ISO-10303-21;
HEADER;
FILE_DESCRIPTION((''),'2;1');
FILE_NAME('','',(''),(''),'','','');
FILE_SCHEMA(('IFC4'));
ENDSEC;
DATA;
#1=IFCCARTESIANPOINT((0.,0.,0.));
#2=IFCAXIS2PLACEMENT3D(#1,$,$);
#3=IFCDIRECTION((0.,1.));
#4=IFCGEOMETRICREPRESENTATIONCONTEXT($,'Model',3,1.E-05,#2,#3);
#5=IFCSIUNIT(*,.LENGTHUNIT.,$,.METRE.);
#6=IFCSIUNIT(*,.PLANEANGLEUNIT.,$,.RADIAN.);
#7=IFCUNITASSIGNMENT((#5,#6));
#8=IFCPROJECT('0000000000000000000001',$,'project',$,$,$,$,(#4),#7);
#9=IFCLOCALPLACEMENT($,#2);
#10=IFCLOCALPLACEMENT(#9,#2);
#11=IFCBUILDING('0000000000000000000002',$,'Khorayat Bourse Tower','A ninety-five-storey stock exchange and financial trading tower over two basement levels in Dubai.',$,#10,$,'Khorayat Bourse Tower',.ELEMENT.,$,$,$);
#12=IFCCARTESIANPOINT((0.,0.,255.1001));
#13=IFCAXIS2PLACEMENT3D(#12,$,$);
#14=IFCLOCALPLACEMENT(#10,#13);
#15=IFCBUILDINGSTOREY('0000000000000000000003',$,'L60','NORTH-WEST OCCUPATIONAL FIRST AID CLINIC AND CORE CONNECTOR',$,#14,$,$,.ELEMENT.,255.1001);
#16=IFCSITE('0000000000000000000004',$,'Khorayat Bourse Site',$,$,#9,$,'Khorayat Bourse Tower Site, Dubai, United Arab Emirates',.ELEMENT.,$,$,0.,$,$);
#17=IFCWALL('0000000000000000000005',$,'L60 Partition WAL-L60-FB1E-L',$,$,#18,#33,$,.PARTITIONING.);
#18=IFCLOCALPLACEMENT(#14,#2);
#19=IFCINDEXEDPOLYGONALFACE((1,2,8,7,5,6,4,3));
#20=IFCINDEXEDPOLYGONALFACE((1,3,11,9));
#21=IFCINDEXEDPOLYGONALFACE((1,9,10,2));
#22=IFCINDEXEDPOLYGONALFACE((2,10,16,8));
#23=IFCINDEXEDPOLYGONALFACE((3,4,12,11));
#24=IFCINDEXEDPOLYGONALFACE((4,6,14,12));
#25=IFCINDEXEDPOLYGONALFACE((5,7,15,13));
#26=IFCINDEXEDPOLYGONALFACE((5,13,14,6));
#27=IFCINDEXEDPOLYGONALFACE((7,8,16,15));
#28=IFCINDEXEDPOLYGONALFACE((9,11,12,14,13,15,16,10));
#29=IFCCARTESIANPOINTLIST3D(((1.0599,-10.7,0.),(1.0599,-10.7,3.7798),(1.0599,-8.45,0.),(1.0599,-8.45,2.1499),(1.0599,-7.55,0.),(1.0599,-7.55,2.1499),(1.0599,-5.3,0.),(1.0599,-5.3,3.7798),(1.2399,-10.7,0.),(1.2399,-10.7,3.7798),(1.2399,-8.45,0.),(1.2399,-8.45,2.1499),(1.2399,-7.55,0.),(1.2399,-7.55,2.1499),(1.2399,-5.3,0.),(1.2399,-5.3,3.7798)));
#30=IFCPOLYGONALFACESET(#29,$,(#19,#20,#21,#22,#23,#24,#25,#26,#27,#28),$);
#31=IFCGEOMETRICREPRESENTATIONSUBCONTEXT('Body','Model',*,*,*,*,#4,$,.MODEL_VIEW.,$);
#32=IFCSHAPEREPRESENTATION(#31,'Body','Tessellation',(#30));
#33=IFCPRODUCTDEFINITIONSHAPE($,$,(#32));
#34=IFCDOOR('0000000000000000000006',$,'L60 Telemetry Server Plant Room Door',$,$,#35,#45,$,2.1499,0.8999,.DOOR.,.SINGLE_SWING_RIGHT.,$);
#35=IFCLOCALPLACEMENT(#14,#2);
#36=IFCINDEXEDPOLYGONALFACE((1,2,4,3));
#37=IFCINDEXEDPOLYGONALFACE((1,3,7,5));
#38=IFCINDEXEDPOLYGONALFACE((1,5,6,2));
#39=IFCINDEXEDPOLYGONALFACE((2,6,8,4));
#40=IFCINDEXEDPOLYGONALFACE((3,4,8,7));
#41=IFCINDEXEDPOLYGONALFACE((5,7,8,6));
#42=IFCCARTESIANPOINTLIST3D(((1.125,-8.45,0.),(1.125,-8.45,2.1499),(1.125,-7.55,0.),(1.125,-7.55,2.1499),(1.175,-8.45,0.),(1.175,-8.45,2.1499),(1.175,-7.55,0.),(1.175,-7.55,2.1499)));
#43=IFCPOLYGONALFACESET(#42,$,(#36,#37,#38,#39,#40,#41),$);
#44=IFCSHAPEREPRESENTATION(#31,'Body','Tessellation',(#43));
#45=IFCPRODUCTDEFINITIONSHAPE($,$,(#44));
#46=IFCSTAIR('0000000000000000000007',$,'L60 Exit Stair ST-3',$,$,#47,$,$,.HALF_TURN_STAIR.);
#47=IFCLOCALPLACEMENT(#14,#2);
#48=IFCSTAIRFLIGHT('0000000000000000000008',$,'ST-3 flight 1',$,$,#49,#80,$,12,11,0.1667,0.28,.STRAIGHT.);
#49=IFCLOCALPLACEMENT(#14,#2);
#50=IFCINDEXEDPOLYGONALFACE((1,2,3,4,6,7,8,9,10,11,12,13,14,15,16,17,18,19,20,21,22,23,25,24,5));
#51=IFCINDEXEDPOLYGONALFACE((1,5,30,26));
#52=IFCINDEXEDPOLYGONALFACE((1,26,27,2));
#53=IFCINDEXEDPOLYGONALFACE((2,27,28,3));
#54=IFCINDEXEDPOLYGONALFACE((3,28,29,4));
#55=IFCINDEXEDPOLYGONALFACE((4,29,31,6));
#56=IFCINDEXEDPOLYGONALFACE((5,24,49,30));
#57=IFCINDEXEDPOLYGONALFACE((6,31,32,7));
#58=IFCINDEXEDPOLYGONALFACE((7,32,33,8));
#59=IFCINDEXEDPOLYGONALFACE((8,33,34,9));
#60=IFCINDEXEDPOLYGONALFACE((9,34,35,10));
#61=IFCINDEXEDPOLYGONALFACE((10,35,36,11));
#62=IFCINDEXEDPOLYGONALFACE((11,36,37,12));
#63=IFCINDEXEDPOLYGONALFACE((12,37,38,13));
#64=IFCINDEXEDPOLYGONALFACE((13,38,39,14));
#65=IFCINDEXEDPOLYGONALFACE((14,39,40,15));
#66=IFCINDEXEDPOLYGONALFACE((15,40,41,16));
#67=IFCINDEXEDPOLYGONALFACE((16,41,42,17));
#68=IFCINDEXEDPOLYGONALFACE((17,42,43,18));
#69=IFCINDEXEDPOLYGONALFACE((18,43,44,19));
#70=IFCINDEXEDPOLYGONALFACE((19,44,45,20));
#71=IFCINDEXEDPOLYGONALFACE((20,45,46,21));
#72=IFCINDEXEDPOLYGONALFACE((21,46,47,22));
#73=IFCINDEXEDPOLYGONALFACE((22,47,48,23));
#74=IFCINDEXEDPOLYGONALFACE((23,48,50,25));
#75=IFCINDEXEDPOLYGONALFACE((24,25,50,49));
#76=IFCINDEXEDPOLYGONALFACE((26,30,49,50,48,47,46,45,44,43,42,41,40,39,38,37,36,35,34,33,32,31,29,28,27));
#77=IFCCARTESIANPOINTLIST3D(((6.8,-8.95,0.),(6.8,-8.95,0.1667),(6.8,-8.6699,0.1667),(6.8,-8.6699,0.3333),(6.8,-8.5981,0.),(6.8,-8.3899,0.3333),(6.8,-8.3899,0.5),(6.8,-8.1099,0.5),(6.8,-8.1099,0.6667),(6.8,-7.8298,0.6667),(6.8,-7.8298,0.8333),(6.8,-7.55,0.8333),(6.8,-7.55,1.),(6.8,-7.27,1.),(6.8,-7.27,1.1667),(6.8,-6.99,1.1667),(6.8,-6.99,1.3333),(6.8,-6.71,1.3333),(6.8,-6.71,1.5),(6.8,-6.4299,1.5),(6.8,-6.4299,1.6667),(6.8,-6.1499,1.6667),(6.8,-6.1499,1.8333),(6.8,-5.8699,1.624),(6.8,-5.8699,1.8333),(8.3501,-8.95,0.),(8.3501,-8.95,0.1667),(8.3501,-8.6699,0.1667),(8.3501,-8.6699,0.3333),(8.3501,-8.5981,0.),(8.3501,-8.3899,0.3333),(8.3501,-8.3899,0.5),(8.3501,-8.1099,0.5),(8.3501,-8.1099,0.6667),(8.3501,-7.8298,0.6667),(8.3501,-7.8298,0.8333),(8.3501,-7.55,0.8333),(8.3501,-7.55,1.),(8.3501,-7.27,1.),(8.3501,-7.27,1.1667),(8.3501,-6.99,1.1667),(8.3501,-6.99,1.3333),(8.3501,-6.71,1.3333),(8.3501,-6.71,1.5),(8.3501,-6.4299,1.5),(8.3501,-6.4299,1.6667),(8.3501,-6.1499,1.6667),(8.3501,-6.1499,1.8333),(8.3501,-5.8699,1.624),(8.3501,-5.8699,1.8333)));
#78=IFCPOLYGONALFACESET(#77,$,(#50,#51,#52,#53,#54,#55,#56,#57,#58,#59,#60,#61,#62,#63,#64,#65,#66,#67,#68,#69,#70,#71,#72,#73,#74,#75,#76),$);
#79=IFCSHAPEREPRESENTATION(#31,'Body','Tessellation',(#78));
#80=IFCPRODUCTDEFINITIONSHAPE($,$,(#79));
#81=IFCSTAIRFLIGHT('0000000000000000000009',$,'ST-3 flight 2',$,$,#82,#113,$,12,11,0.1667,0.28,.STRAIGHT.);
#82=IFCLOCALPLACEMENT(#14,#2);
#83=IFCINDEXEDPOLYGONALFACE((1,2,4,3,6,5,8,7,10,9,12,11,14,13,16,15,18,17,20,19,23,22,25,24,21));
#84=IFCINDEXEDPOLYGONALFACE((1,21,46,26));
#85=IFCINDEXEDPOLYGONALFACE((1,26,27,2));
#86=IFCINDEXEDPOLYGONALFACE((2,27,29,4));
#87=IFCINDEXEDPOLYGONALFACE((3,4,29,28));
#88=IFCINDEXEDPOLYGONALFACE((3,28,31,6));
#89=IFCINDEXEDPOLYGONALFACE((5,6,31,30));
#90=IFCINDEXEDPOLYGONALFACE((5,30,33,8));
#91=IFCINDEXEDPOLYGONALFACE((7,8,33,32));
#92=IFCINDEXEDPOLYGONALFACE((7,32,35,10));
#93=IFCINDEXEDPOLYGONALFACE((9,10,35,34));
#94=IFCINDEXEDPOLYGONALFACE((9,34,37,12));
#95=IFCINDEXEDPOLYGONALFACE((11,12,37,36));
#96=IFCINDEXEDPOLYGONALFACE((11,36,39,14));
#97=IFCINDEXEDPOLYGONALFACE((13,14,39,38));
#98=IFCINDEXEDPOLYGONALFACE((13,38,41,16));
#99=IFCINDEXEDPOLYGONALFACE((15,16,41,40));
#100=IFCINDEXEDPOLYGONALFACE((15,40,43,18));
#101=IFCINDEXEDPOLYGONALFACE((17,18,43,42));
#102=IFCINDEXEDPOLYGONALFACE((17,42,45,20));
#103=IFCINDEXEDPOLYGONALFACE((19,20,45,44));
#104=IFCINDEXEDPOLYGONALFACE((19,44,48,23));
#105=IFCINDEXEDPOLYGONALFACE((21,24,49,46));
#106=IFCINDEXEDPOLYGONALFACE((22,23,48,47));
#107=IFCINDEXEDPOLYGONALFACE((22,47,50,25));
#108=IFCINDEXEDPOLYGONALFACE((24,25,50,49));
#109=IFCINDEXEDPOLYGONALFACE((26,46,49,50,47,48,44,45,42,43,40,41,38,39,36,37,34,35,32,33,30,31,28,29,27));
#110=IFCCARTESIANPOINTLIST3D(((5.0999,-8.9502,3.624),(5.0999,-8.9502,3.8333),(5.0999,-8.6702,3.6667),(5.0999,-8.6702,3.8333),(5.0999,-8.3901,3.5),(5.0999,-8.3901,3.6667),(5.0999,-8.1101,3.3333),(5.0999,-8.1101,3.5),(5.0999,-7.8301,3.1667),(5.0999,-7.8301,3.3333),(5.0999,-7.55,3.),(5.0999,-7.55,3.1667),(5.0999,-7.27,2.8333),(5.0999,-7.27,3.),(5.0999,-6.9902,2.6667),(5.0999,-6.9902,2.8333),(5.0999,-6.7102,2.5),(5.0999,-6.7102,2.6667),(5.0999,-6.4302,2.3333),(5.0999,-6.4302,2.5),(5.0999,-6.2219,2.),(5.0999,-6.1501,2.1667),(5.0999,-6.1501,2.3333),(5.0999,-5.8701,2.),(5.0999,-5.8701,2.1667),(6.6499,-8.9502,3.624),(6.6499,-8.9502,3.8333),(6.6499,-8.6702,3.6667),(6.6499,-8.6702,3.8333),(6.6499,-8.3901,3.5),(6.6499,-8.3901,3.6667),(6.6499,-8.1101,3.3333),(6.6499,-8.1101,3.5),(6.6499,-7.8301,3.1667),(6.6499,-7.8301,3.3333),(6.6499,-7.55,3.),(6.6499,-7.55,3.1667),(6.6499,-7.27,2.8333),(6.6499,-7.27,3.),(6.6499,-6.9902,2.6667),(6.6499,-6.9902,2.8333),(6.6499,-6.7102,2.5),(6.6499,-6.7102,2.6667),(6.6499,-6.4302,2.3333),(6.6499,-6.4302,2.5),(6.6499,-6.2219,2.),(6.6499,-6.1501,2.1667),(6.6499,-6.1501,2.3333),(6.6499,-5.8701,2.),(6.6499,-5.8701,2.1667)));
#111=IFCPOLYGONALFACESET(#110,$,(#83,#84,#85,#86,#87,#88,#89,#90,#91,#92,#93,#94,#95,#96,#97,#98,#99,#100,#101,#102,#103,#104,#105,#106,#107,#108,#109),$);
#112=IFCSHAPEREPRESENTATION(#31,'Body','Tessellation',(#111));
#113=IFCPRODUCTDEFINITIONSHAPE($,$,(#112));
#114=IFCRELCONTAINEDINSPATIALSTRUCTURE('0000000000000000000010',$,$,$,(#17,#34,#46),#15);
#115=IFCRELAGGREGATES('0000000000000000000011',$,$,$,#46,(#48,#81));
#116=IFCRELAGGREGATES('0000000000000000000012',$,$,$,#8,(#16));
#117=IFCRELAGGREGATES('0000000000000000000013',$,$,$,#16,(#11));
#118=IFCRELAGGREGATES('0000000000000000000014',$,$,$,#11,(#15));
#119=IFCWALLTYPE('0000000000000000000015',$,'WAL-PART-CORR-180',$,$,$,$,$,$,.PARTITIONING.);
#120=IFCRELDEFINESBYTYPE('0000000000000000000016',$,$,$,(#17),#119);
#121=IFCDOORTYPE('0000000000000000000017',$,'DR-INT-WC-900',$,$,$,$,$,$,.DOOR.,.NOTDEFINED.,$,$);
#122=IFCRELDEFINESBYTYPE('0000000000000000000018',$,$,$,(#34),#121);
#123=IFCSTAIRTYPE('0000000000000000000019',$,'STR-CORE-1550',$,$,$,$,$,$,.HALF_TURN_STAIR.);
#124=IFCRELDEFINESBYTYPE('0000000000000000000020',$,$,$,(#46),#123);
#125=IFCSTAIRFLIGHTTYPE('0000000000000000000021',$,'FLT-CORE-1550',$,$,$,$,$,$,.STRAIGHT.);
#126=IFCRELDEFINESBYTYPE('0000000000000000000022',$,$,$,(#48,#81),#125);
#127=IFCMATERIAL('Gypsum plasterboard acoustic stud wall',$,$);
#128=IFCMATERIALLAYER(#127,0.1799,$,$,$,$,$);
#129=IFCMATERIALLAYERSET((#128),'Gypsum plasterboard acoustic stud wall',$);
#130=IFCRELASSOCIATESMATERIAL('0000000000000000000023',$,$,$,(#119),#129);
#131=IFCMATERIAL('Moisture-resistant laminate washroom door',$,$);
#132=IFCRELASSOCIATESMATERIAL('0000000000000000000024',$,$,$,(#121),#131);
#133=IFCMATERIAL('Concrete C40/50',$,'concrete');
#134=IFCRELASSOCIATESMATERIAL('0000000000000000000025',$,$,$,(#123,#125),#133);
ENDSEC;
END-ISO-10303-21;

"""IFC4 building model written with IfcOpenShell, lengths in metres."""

from ifc_helpers import new_model, si_unit, direction, frame, frame_2d, origin, place, context, subcontext, project, spatial, polyline, rectangle, outline, extrude, source, transform, mapped, material, layer, layer_set, type_object, element, fill, aggregate, save


model = new_model("IFC4")

# Units and contexts
model_context = context("Model", 3, precision=1e-05, world=origin(), true_north=direction((0.0, 1.0)))
body_context = subcontext(model_context, "Body", "Model", "MODEL_VIEW")
ifc_project = project(units=[si_unit("LENGTHUNIT", "METRE"), si_unit("PLANEANGLEUNIT", "RADIAN")], contexts=[model_context])

# Site, building, storey
site_placement = place(None, origin())
site = spatial("IfcSite", under=ifc_project, at=site_placement, Name="Khorayat Bourse Site", LongName="Khorayat Bourse Tower Site, Dubai, United Arab Emirates", CompositionType="ELEMENT", RefElevation=0.0)
building_placement = place(site_placement, origin())
building = spatial("IfcBuilding", under=site, at=building_placement, Name="Khorayat Bourse Tower", Description="A ninety-five-storey stock exchange and financial trading tower over two basement levels in Dubai.", LongName="Khorayat Bourse Tower", CompositionType="ELEMENT")
storey_placement = place(building_placement, frame((0.0, 0.0, 255.1001)))
storey = spatial("IfcBuildingStorey", under=building, at=storey_placement, Name="L60", Description="NORTH-WEST OCCUPATIONAL FIRST AID CLINIC AND CORE CONNECTOR", CompositionType="ELEMENT", Elevation=255.1001)

# Wall, opening, door
ifc_material_1 = material(Name="Gypsum plasterboard acoustic stud wall")
ifc_layer_1 = layer(ifc_material_1, 0.1799)
ifc_layer_set_1 = layer_set([ifc_layer_1], Name="Gypsum plasterboard acoustic stud wall")
wall_type_1 = type_object("IfcWallType", Name="WAL-PART-CORR-180", PredefinedType="PARTITIONING", material=ifc_layer_set_1)
shared_shape_1 = source(origin(), body_context, "Body", "SweptSolid", [
    extrude(rectangle(XDim=5.3999, YDim=0.1799, at=frame_2d((2.7, 0.0))), origin(), (0.0, 0.0, 1.0), 3.7798),
])
wall_1_placement = place(storey_placement, frame((1.1499, -10.7, 0.0), z_axis=(0.0, 0.0, 1.0), x_axis=(0.0, 1.0, 0.0)))
wall_1 = element("IfcWall", 1, at=wall_1_placement, inside=storey, type_object=wall_type_1, Name="L60 Partition WAL-L60-FB1E-L", PredefinedType="PARTITIONING", context=body_context, shape_type="MappedRepresentation", body=[
    mapped(shared_shape_1, transform((0.0, 0.0, 0.0), scale=1.0)),
])
shared_shape_2 = source(origin(), body_context, "Body", "SweptSolid", [
    extrude(rectangle(XDim=0.8999, YDim=2.1499, at=frame_2d((0.45, 1.075))), frame((0.0, 0.0999, 0.0), z_axis=(0.0, -1.0, 0.0), x_axis=(1.0, 0.0, 0.0)), (0.0, 0.0, 1.0), 0.2),
])
opening_1_placement = place(wall_1_placement, frame((2.25, 0.0, 0.0)))
opening_1 = element("IfcOpeningElement", 2, at=opening_1_placement, cuts=wall_1, PredefinedType="OPENING", context=body_context, shape_type="MappedRepresentation", body=[
    mapped(shared_shape_2, transform((0.0, 0.0, 0.0), scale=1.0)),
])
ifc_material_2 = material(Name="Moisture-resistant laminate washroom door")
door_type = type_object("IfcDoorType", Name="DR-INT-WC-900", OperationType="NOTDEFINED", PredefinedType="DOOR", material=ifc_material_2)
shared_shape_3 = source(origin(), body_context, "Body", "SweptSolid", [
    extrude(rectangle(XDim=0.8999, YDim=2.1499, at=frame_2d((0.45, 1.075))), frame((0.0, 0.0249, 0.0), z_axis=(0.0, -1.0, 0.0), x_axis=(1.0, 0.0, 0.0)), (0.0, 0.0, 1.0), 0.05),
])
door_1_placement = place(opening_1_placement, origin())
door_1 = element("IfcDoor", 3, at=door_1_placement, inside=storey, type_object=door_type, Name="L60 Telemetry Server Plant Room Door", OperationType="SINGLE_SWING_RIGHT", OverallHeight=2.1499, OverallWidth=0.8999, PredefinedType="DOOR", context=body_context, shape_type="MappedRepresentation", body=[
    mapped(shared_shape_3, transform((0.0, 0.0, 0.0), scale=1.0)),
])
fill(opening_1, door_1)

# Stair, stair flights
ifc_material_3 = material(Name="Concrete C40/50", Category="concrete")
stair_type = type_object("IfcStairType", Name="STR-CORE-1550", PredefinedType="HALF_TURN_STAIR", material=ifc_material_3)
stair_placement = place(storey_placement, origin())
stair = element("IfcStair", 4, at=stair_placement, inside=storey, type_object=stair_type, Name="L60 Exit Stair ST-3", PredefinedType="HALF_TURN_STAIR")
stair_flight_type = type_object("IfcStairFlightType", Name="FLT-CORE-1550", PredefinedType="STRAIGHT", material=ifc_material_3)
shared_shape_4 = source(origin(), body_context, "Body", "SweptSolid", [
    extrude(outline(polyline([(0.0, 0.0), (0.0, 0.1667), (0.28, 0.1667), (0.28, 0.3333), (0.5601, 0.3333), (0.5601, 0.5), (0.8401, 0.5), (0.8401, 0.6667), (1.1201, 0.6667), (1.1201, 0.8333), (1.3999, 0.8333), (1.3999, 1.0), (1.6799, 1.0), (1.6799, 1.1667), (1.96, 1.1667), (1.96, 1.3333), (2.24, 1.3333), (2.24, 1.5), (2.52, 1.5), (2.52, 1.6667), (2.8, 1.6667), (2.8, 1.8333), (3.0801, 1.8333), (3.0801, 2.0), (3.0801, 1.624), (0.3518, 0.0), (0.0, 0.0)])), frame((0.0, 0.7749, 0.0), z_axis=(0.0, -1.0, 0.0), x_axis=(1.0, 0.0, 0.0)), (0.0, 0.0, 1.0), 1.55),
])
stair_flight_1_placement = place(storey_placement, frame((7.575, -8.95, 0.0), z_axis=(0.0, 0.0, 1.0), x_axis=(0.0, 1.0, 0.0)))
stair_flight_1 = element("IfcStairFlight", 5, at=stair_flight_1_placement, type_object=stair_flight_type, Name="ST-3 flight 1", NumberOfRisers=12, NumberOfTreads=11, PredefinedType="STRAIGHT", RiserHeight=0.1667, TreadLength=0.28, context=body_context, shape_type="MappedRepresentation", body=[
    mapped(shared_shape_4, transform((0.0, 0.0, 0.0), scale=1.0)),
])
stair_flight_2_placement = place(storey_placement, frame((5.875, -5.8701, 2.0), z_axis=(0.0, 0.0, 1.0), x_axis=(0.0, -1.0, 0.0)))
stair_flight_2 = element("IfcStairFlight", 6, at=stair_flight_2_placement, type_object=stair_flight_type, Name="ST-3 flight 2", NumberOfRisers=12, NumberOfTreads=11, PredefinedType="STRAIGHT", RiserHeight=0.1667, TreadLength=0.28, context=body_context, shape_type="MappedRepresentation", body=[
    mapped(shared_shape_4, transform((0.0, 0.0, 0.0), scale=1.0)),
])
aggregate(stair, [stair_flight_1, stair_flight_2])

save(model, "model.ifc")
